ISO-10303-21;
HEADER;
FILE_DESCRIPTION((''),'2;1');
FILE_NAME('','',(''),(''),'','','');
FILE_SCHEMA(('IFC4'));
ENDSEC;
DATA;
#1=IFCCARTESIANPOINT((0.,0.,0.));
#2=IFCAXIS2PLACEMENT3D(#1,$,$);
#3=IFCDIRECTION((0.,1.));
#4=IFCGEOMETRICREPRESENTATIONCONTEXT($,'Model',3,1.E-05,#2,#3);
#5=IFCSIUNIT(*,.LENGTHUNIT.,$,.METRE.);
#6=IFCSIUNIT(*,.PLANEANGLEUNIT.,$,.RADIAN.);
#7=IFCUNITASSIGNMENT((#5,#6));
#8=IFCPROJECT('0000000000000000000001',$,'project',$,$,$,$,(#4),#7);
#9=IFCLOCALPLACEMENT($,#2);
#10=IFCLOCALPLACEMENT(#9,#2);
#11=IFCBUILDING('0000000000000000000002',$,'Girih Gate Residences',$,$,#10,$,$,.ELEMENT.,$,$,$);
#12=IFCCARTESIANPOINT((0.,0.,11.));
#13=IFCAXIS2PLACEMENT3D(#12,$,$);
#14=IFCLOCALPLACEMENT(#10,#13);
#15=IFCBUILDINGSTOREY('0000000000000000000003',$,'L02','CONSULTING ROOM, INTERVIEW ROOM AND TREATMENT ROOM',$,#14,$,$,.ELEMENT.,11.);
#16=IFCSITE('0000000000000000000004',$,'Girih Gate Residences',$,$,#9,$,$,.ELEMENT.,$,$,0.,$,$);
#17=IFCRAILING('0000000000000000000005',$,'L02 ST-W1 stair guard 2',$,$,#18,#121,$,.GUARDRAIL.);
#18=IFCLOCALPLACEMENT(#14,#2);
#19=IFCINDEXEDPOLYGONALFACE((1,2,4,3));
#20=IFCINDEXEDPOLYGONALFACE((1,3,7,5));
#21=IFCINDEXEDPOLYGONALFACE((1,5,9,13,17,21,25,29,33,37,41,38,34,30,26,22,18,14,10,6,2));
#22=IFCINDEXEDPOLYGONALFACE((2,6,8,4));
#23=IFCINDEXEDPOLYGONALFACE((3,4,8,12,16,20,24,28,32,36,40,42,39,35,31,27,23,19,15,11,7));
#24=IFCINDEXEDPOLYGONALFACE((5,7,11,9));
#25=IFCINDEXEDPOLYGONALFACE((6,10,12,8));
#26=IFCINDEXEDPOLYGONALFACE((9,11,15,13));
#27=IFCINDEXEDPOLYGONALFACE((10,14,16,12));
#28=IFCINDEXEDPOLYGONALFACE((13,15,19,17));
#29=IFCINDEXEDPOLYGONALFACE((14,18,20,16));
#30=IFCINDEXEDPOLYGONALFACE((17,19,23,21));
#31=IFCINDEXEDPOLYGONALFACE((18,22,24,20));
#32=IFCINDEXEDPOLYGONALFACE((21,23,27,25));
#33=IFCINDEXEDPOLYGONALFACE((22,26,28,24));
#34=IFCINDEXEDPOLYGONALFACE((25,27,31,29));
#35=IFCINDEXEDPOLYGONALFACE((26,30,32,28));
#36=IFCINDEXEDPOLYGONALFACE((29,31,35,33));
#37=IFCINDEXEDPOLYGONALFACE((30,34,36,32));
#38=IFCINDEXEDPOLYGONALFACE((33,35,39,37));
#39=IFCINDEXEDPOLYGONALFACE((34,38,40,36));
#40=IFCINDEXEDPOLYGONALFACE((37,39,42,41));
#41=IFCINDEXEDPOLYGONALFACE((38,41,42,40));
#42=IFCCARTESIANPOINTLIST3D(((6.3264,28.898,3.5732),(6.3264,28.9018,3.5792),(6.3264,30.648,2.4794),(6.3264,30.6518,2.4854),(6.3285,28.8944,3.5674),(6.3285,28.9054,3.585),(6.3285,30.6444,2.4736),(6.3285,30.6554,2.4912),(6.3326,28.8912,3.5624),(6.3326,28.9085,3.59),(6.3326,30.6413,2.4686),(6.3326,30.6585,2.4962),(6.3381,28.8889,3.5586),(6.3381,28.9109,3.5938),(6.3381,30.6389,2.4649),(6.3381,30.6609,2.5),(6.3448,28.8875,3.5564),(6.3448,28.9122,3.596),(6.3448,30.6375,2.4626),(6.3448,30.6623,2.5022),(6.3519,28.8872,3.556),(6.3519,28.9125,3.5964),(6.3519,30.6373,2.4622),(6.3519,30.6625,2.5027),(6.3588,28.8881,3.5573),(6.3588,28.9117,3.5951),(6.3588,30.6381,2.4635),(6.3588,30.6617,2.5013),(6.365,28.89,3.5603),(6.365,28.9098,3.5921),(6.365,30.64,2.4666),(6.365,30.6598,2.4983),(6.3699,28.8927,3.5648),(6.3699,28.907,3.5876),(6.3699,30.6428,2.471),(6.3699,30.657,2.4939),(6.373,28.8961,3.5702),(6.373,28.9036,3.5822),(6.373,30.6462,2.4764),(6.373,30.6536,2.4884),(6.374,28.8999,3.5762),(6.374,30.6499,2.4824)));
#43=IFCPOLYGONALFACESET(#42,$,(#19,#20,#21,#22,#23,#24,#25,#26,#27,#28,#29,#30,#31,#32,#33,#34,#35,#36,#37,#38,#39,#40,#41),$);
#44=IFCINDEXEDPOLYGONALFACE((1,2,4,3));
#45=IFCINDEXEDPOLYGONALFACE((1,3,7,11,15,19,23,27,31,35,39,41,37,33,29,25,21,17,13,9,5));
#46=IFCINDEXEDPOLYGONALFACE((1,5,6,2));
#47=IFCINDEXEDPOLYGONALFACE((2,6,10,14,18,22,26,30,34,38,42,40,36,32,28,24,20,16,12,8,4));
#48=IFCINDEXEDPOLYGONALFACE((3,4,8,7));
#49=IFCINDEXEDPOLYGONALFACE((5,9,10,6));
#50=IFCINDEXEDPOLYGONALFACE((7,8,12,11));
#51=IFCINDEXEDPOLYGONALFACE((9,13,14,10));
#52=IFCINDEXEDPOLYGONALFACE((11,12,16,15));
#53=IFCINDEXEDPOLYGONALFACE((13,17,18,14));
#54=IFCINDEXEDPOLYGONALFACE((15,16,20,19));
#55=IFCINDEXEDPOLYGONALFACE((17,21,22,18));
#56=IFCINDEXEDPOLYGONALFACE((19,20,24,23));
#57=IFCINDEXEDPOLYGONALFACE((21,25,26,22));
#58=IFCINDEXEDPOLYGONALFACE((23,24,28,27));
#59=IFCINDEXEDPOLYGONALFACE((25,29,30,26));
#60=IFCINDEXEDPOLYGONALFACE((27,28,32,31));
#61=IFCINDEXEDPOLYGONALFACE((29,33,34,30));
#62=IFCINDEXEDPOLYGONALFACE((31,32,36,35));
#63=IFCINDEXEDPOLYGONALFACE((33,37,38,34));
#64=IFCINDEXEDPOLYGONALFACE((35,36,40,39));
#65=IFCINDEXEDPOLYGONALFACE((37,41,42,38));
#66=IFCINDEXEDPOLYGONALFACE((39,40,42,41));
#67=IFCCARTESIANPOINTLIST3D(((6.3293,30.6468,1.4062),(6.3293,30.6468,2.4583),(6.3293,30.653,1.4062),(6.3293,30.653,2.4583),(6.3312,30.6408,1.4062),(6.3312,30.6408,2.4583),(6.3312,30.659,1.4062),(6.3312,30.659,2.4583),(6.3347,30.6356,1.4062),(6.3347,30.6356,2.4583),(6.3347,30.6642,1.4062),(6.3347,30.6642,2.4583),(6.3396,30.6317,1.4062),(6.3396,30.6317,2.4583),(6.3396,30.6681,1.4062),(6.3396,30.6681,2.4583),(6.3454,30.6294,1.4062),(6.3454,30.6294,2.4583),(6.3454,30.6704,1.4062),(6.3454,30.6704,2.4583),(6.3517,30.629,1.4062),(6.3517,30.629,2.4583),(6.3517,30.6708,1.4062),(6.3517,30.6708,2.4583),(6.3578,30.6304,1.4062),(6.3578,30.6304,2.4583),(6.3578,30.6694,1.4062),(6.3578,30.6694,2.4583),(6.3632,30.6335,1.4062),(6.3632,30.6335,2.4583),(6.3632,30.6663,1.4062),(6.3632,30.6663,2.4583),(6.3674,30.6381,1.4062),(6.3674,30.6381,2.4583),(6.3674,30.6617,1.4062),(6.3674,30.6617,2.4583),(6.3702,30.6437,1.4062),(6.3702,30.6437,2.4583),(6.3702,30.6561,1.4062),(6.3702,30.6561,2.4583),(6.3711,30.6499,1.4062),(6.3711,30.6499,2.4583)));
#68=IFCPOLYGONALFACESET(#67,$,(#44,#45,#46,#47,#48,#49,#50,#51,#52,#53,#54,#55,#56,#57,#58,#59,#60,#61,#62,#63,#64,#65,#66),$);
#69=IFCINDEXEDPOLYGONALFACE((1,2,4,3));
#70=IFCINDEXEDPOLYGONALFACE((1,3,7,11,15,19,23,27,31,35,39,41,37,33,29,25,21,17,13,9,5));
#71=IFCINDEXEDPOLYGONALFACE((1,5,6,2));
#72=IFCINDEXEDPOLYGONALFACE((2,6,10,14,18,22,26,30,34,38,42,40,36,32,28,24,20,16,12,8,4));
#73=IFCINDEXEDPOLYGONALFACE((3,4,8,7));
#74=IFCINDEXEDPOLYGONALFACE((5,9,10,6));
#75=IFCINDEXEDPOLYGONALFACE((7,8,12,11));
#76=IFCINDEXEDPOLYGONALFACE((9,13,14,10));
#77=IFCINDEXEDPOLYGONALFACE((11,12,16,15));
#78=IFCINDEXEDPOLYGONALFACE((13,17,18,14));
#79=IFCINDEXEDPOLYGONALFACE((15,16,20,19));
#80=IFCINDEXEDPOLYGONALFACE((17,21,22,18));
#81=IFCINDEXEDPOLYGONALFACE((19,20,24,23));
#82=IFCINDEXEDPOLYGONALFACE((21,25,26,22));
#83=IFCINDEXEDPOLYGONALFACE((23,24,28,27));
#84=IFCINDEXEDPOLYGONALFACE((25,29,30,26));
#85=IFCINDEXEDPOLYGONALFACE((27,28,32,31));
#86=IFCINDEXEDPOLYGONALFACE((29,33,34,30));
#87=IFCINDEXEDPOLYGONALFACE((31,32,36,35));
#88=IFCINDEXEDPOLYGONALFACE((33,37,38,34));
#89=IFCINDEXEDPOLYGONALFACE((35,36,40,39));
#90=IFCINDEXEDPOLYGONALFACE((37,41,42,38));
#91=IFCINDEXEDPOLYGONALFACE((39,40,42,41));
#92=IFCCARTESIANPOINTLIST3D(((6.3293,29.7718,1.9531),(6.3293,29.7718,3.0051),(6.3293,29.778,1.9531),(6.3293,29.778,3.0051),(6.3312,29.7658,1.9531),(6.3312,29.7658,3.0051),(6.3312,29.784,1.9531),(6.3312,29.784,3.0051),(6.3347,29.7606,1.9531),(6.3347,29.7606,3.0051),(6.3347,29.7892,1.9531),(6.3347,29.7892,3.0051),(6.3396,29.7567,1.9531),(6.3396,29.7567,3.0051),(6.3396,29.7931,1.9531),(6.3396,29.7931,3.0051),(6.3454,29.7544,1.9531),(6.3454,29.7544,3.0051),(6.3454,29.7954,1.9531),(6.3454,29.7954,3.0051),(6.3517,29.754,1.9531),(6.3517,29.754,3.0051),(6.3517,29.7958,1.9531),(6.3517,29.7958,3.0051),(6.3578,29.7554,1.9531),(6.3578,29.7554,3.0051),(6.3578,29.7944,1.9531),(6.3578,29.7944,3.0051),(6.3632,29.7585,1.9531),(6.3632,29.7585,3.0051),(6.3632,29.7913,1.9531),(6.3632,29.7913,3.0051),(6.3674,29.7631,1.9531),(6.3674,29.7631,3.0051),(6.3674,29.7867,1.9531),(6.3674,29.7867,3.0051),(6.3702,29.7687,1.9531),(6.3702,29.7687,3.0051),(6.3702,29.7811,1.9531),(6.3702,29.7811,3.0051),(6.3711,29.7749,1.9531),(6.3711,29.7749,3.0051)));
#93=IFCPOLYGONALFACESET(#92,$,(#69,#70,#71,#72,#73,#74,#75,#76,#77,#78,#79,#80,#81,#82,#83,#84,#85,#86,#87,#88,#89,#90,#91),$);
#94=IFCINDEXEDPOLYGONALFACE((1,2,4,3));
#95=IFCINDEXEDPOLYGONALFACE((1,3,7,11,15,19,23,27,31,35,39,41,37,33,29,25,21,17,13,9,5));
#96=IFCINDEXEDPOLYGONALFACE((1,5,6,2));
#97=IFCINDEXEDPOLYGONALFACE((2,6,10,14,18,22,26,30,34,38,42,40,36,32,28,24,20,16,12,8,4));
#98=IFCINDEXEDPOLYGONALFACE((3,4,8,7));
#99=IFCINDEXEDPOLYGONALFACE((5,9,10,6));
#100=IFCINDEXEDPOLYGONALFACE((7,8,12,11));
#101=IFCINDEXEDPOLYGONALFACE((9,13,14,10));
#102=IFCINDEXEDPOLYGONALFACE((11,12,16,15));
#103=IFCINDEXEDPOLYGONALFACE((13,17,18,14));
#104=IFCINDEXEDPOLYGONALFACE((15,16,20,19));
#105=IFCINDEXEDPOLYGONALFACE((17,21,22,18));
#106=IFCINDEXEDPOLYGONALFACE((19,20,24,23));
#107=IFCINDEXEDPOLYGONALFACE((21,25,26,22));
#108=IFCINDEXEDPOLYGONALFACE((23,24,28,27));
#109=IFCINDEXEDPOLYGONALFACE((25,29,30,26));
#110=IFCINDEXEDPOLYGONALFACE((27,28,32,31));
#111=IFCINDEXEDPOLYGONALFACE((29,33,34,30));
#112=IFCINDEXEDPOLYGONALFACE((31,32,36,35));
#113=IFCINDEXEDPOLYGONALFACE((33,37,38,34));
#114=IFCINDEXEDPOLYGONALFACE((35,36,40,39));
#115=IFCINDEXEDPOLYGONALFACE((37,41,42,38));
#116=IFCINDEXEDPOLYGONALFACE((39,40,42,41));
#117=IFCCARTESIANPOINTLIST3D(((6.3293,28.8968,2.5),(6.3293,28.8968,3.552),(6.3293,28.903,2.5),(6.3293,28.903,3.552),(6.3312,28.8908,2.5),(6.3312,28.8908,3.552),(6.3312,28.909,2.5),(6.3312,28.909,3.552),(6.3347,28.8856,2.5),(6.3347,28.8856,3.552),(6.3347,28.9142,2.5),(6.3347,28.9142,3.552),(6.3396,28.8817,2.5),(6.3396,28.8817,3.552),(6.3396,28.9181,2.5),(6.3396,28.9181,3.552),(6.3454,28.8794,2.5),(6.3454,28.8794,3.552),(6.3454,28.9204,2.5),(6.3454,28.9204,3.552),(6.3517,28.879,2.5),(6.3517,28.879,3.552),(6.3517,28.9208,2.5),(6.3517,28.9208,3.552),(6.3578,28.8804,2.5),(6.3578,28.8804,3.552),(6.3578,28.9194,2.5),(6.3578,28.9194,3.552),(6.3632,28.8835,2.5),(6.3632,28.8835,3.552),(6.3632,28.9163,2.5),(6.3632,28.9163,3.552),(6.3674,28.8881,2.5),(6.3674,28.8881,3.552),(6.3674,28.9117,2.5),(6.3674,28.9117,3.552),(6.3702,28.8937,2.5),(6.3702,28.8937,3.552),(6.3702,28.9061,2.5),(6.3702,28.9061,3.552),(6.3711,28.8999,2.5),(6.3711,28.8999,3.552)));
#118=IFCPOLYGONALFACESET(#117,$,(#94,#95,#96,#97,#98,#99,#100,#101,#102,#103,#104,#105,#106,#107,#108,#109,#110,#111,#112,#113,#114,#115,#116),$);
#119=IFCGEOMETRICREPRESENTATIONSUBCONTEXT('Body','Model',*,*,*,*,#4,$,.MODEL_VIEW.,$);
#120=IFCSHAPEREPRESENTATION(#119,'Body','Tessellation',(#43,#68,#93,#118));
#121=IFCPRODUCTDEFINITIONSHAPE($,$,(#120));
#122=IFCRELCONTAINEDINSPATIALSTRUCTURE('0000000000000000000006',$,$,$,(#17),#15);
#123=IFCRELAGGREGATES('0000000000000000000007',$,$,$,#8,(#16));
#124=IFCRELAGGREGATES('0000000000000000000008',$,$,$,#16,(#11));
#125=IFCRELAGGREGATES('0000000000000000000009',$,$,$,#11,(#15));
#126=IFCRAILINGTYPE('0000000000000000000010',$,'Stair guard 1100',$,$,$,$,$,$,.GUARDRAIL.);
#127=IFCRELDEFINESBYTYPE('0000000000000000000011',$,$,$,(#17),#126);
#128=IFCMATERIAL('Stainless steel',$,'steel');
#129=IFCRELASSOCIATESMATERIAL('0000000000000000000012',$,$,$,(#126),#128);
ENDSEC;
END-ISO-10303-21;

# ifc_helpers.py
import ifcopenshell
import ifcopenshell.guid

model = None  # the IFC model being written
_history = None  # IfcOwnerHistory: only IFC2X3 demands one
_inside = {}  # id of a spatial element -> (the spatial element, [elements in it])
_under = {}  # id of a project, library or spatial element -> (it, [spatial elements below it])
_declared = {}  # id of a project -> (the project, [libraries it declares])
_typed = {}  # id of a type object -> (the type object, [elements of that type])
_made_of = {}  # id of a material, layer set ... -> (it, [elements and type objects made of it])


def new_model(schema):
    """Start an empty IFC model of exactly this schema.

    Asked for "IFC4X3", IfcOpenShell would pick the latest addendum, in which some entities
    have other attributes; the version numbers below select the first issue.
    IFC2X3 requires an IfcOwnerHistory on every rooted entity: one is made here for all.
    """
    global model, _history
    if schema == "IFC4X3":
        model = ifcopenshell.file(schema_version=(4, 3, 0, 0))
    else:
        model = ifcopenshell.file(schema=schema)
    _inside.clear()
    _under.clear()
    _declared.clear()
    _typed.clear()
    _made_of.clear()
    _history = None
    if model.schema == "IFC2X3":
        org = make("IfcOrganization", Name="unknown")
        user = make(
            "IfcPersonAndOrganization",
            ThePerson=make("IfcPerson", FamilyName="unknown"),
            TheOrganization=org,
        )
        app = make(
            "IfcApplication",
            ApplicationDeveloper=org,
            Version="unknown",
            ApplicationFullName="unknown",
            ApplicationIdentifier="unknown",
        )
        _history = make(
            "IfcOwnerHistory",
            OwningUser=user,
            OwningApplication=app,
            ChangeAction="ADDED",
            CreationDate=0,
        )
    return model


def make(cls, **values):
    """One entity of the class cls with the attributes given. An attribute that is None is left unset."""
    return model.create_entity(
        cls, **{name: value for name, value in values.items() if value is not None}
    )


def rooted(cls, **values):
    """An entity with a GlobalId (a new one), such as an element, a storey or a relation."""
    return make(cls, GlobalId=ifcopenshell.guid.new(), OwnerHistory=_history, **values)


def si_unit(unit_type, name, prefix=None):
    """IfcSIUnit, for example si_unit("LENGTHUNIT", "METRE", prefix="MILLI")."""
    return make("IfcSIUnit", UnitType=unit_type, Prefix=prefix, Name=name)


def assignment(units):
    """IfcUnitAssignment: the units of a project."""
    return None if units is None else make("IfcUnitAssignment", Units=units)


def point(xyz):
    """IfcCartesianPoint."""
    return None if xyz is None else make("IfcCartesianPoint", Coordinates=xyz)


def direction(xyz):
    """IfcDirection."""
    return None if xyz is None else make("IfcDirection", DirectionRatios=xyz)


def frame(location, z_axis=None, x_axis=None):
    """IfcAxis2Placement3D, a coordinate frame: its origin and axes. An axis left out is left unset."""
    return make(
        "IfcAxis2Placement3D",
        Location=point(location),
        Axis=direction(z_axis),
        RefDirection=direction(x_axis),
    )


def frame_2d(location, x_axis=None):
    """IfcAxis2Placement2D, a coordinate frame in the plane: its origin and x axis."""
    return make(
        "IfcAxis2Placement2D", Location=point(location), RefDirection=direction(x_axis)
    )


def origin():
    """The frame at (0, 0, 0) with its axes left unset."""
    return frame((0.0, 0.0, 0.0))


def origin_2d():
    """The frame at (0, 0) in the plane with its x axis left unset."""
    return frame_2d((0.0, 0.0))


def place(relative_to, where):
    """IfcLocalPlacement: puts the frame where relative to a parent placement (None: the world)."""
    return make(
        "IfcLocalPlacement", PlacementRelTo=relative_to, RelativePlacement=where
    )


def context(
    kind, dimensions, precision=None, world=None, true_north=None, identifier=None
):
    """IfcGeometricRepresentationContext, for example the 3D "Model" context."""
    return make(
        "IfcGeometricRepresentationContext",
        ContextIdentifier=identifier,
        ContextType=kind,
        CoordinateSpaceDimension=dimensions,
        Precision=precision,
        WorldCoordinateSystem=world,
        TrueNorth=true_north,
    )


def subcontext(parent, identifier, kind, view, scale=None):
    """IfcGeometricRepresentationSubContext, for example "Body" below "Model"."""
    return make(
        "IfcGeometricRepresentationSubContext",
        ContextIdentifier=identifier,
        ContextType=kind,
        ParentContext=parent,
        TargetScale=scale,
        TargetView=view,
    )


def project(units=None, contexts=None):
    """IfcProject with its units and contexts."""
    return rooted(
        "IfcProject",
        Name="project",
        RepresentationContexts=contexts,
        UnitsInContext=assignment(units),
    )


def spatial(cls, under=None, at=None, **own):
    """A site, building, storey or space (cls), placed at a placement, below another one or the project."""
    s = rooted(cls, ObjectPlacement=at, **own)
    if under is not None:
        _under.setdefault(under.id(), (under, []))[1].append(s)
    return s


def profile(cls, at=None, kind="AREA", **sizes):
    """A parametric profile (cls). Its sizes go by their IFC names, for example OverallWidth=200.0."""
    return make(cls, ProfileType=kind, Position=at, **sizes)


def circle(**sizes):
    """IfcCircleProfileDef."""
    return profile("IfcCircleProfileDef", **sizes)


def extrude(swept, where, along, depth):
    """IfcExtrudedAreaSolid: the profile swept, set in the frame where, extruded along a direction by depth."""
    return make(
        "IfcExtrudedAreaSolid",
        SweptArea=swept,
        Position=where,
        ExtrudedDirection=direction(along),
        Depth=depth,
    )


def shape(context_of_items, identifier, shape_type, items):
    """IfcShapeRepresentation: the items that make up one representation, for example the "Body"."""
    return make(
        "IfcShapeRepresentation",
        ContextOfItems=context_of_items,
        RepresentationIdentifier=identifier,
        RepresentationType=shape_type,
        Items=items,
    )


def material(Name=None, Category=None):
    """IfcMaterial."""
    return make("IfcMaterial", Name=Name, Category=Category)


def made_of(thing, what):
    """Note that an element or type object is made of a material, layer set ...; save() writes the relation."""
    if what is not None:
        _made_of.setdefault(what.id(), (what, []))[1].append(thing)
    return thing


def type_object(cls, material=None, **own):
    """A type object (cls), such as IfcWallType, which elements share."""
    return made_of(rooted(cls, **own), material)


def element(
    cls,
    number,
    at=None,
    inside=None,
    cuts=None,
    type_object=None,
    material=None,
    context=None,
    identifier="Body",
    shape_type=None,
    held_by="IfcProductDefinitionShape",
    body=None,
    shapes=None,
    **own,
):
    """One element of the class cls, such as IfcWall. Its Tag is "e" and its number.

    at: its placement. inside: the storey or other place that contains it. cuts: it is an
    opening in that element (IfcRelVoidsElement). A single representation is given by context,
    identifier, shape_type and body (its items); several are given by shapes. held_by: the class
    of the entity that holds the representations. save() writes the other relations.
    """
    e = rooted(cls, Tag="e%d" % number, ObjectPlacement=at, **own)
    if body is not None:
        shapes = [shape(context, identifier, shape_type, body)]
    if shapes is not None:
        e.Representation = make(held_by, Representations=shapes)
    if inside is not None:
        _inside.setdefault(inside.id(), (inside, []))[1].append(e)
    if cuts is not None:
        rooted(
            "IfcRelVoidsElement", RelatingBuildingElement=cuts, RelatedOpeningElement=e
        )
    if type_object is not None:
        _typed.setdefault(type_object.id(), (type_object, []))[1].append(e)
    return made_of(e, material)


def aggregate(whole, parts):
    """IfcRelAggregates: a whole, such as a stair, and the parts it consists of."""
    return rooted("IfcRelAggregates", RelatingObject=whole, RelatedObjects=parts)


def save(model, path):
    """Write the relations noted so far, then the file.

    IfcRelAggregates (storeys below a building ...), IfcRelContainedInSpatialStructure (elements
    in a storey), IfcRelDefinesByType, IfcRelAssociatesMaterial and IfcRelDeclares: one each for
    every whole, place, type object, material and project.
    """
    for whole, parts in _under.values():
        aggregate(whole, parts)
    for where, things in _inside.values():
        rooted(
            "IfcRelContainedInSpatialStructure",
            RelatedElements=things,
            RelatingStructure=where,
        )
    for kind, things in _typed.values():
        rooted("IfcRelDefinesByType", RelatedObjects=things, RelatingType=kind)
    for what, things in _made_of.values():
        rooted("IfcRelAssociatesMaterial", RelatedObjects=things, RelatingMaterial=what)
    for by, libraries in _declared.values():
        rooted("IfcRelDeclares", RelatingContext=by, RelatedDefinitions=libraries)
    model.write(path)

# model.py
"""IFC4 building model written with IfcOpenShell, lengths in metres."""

from ifc_helpers import new_model, si_unit, direction, frame, origin, origin_2d, place, context, subcontext, project, spatial, circle, extrude, material, type_object, element, save


model = new_model("IFC4")

# Units and contexts
model_context = context("Model", 3, precision=1e-05, world=origin(), true_north=direction((0.0, 1.0)))
body_context = subcontext(model_context, "Body", "Model", "MODEL_VIEW")
ifc_project = project(units=[si_unit("LENGTHUNIT", "METRE"), si_unit("PLANEANGLEUNIT", "RADIAN")], contexts=[model_context])

# Site, building, storey
site_placement = place(None, origin())
site = spatial("IfcSite", under=ifc_project, at=site_placement, Name="Girih Gate Residences", CompositionType="ELEMENT", RefElevation=0.0)
building_placement = place(site_placement, origin())
building = spatial("IfcBuilding", under=site, at=building_placement, Name="Girih Gate Residences", CompositionType="ELEMENT")
storey_placement = place(building_placement, frame((0.0, 0.0, 11.0)))
storey = spatial("IfcBuildingStorey", under=building, at=storey_placement, Name="L02", Description="CONSULTING ROOM, INTERVIEW ROOM AND TREATMENT ROOM", CompositionType="ELEMENT", Elevation=11.0)

# Railing
ifc_material_1 = material(Name="Stainless steel", Category="steel")
railing_type_1 = type_object("IfcRailingType", Name="Stair guard 1100", PredefinedType="GUARDRAIL", material=ifc_material_1)
railing_1_placement = place(storey_placement, frame((6.3501, 30.6499, 1.4062)))
element("IfcRailing", 1, at=railing_1_placement, inside=storey, type_object=railing_type_1, Name="L02 ST-W1 stair guard 2", PredefinedType="GUARDRAIL", context=body_context, shape_type="SweptSolid", body=[
    extrude(circle(Radius=0.0239, at=origin_2d()), frame((0.0, 0.0, 1.0762), z_axis=(0.0, -0.847998, 0.529999), x_axis=(1.0, 0.0, 0.0)), (0.0, 0.0, 1.0), 2.0637),
    extrude(circle(Radius=0.021, at=origin_2d()), origin(), (0.0, 0.0, 1.0), 1.052),
    extrude(circle(Radius=0.021, at=origin_2d()), frame((0.0, -0.875, 0.5469)), (0.0, 0.0, 1.0), 1.052),
    extrude(circle(Radius=0.021, at=origin_2d()), frame((0.0, -1.75, 1.0938)), (0.0, 0.0, 1.0), 1.052),
])

save(model, "model.ifc")
